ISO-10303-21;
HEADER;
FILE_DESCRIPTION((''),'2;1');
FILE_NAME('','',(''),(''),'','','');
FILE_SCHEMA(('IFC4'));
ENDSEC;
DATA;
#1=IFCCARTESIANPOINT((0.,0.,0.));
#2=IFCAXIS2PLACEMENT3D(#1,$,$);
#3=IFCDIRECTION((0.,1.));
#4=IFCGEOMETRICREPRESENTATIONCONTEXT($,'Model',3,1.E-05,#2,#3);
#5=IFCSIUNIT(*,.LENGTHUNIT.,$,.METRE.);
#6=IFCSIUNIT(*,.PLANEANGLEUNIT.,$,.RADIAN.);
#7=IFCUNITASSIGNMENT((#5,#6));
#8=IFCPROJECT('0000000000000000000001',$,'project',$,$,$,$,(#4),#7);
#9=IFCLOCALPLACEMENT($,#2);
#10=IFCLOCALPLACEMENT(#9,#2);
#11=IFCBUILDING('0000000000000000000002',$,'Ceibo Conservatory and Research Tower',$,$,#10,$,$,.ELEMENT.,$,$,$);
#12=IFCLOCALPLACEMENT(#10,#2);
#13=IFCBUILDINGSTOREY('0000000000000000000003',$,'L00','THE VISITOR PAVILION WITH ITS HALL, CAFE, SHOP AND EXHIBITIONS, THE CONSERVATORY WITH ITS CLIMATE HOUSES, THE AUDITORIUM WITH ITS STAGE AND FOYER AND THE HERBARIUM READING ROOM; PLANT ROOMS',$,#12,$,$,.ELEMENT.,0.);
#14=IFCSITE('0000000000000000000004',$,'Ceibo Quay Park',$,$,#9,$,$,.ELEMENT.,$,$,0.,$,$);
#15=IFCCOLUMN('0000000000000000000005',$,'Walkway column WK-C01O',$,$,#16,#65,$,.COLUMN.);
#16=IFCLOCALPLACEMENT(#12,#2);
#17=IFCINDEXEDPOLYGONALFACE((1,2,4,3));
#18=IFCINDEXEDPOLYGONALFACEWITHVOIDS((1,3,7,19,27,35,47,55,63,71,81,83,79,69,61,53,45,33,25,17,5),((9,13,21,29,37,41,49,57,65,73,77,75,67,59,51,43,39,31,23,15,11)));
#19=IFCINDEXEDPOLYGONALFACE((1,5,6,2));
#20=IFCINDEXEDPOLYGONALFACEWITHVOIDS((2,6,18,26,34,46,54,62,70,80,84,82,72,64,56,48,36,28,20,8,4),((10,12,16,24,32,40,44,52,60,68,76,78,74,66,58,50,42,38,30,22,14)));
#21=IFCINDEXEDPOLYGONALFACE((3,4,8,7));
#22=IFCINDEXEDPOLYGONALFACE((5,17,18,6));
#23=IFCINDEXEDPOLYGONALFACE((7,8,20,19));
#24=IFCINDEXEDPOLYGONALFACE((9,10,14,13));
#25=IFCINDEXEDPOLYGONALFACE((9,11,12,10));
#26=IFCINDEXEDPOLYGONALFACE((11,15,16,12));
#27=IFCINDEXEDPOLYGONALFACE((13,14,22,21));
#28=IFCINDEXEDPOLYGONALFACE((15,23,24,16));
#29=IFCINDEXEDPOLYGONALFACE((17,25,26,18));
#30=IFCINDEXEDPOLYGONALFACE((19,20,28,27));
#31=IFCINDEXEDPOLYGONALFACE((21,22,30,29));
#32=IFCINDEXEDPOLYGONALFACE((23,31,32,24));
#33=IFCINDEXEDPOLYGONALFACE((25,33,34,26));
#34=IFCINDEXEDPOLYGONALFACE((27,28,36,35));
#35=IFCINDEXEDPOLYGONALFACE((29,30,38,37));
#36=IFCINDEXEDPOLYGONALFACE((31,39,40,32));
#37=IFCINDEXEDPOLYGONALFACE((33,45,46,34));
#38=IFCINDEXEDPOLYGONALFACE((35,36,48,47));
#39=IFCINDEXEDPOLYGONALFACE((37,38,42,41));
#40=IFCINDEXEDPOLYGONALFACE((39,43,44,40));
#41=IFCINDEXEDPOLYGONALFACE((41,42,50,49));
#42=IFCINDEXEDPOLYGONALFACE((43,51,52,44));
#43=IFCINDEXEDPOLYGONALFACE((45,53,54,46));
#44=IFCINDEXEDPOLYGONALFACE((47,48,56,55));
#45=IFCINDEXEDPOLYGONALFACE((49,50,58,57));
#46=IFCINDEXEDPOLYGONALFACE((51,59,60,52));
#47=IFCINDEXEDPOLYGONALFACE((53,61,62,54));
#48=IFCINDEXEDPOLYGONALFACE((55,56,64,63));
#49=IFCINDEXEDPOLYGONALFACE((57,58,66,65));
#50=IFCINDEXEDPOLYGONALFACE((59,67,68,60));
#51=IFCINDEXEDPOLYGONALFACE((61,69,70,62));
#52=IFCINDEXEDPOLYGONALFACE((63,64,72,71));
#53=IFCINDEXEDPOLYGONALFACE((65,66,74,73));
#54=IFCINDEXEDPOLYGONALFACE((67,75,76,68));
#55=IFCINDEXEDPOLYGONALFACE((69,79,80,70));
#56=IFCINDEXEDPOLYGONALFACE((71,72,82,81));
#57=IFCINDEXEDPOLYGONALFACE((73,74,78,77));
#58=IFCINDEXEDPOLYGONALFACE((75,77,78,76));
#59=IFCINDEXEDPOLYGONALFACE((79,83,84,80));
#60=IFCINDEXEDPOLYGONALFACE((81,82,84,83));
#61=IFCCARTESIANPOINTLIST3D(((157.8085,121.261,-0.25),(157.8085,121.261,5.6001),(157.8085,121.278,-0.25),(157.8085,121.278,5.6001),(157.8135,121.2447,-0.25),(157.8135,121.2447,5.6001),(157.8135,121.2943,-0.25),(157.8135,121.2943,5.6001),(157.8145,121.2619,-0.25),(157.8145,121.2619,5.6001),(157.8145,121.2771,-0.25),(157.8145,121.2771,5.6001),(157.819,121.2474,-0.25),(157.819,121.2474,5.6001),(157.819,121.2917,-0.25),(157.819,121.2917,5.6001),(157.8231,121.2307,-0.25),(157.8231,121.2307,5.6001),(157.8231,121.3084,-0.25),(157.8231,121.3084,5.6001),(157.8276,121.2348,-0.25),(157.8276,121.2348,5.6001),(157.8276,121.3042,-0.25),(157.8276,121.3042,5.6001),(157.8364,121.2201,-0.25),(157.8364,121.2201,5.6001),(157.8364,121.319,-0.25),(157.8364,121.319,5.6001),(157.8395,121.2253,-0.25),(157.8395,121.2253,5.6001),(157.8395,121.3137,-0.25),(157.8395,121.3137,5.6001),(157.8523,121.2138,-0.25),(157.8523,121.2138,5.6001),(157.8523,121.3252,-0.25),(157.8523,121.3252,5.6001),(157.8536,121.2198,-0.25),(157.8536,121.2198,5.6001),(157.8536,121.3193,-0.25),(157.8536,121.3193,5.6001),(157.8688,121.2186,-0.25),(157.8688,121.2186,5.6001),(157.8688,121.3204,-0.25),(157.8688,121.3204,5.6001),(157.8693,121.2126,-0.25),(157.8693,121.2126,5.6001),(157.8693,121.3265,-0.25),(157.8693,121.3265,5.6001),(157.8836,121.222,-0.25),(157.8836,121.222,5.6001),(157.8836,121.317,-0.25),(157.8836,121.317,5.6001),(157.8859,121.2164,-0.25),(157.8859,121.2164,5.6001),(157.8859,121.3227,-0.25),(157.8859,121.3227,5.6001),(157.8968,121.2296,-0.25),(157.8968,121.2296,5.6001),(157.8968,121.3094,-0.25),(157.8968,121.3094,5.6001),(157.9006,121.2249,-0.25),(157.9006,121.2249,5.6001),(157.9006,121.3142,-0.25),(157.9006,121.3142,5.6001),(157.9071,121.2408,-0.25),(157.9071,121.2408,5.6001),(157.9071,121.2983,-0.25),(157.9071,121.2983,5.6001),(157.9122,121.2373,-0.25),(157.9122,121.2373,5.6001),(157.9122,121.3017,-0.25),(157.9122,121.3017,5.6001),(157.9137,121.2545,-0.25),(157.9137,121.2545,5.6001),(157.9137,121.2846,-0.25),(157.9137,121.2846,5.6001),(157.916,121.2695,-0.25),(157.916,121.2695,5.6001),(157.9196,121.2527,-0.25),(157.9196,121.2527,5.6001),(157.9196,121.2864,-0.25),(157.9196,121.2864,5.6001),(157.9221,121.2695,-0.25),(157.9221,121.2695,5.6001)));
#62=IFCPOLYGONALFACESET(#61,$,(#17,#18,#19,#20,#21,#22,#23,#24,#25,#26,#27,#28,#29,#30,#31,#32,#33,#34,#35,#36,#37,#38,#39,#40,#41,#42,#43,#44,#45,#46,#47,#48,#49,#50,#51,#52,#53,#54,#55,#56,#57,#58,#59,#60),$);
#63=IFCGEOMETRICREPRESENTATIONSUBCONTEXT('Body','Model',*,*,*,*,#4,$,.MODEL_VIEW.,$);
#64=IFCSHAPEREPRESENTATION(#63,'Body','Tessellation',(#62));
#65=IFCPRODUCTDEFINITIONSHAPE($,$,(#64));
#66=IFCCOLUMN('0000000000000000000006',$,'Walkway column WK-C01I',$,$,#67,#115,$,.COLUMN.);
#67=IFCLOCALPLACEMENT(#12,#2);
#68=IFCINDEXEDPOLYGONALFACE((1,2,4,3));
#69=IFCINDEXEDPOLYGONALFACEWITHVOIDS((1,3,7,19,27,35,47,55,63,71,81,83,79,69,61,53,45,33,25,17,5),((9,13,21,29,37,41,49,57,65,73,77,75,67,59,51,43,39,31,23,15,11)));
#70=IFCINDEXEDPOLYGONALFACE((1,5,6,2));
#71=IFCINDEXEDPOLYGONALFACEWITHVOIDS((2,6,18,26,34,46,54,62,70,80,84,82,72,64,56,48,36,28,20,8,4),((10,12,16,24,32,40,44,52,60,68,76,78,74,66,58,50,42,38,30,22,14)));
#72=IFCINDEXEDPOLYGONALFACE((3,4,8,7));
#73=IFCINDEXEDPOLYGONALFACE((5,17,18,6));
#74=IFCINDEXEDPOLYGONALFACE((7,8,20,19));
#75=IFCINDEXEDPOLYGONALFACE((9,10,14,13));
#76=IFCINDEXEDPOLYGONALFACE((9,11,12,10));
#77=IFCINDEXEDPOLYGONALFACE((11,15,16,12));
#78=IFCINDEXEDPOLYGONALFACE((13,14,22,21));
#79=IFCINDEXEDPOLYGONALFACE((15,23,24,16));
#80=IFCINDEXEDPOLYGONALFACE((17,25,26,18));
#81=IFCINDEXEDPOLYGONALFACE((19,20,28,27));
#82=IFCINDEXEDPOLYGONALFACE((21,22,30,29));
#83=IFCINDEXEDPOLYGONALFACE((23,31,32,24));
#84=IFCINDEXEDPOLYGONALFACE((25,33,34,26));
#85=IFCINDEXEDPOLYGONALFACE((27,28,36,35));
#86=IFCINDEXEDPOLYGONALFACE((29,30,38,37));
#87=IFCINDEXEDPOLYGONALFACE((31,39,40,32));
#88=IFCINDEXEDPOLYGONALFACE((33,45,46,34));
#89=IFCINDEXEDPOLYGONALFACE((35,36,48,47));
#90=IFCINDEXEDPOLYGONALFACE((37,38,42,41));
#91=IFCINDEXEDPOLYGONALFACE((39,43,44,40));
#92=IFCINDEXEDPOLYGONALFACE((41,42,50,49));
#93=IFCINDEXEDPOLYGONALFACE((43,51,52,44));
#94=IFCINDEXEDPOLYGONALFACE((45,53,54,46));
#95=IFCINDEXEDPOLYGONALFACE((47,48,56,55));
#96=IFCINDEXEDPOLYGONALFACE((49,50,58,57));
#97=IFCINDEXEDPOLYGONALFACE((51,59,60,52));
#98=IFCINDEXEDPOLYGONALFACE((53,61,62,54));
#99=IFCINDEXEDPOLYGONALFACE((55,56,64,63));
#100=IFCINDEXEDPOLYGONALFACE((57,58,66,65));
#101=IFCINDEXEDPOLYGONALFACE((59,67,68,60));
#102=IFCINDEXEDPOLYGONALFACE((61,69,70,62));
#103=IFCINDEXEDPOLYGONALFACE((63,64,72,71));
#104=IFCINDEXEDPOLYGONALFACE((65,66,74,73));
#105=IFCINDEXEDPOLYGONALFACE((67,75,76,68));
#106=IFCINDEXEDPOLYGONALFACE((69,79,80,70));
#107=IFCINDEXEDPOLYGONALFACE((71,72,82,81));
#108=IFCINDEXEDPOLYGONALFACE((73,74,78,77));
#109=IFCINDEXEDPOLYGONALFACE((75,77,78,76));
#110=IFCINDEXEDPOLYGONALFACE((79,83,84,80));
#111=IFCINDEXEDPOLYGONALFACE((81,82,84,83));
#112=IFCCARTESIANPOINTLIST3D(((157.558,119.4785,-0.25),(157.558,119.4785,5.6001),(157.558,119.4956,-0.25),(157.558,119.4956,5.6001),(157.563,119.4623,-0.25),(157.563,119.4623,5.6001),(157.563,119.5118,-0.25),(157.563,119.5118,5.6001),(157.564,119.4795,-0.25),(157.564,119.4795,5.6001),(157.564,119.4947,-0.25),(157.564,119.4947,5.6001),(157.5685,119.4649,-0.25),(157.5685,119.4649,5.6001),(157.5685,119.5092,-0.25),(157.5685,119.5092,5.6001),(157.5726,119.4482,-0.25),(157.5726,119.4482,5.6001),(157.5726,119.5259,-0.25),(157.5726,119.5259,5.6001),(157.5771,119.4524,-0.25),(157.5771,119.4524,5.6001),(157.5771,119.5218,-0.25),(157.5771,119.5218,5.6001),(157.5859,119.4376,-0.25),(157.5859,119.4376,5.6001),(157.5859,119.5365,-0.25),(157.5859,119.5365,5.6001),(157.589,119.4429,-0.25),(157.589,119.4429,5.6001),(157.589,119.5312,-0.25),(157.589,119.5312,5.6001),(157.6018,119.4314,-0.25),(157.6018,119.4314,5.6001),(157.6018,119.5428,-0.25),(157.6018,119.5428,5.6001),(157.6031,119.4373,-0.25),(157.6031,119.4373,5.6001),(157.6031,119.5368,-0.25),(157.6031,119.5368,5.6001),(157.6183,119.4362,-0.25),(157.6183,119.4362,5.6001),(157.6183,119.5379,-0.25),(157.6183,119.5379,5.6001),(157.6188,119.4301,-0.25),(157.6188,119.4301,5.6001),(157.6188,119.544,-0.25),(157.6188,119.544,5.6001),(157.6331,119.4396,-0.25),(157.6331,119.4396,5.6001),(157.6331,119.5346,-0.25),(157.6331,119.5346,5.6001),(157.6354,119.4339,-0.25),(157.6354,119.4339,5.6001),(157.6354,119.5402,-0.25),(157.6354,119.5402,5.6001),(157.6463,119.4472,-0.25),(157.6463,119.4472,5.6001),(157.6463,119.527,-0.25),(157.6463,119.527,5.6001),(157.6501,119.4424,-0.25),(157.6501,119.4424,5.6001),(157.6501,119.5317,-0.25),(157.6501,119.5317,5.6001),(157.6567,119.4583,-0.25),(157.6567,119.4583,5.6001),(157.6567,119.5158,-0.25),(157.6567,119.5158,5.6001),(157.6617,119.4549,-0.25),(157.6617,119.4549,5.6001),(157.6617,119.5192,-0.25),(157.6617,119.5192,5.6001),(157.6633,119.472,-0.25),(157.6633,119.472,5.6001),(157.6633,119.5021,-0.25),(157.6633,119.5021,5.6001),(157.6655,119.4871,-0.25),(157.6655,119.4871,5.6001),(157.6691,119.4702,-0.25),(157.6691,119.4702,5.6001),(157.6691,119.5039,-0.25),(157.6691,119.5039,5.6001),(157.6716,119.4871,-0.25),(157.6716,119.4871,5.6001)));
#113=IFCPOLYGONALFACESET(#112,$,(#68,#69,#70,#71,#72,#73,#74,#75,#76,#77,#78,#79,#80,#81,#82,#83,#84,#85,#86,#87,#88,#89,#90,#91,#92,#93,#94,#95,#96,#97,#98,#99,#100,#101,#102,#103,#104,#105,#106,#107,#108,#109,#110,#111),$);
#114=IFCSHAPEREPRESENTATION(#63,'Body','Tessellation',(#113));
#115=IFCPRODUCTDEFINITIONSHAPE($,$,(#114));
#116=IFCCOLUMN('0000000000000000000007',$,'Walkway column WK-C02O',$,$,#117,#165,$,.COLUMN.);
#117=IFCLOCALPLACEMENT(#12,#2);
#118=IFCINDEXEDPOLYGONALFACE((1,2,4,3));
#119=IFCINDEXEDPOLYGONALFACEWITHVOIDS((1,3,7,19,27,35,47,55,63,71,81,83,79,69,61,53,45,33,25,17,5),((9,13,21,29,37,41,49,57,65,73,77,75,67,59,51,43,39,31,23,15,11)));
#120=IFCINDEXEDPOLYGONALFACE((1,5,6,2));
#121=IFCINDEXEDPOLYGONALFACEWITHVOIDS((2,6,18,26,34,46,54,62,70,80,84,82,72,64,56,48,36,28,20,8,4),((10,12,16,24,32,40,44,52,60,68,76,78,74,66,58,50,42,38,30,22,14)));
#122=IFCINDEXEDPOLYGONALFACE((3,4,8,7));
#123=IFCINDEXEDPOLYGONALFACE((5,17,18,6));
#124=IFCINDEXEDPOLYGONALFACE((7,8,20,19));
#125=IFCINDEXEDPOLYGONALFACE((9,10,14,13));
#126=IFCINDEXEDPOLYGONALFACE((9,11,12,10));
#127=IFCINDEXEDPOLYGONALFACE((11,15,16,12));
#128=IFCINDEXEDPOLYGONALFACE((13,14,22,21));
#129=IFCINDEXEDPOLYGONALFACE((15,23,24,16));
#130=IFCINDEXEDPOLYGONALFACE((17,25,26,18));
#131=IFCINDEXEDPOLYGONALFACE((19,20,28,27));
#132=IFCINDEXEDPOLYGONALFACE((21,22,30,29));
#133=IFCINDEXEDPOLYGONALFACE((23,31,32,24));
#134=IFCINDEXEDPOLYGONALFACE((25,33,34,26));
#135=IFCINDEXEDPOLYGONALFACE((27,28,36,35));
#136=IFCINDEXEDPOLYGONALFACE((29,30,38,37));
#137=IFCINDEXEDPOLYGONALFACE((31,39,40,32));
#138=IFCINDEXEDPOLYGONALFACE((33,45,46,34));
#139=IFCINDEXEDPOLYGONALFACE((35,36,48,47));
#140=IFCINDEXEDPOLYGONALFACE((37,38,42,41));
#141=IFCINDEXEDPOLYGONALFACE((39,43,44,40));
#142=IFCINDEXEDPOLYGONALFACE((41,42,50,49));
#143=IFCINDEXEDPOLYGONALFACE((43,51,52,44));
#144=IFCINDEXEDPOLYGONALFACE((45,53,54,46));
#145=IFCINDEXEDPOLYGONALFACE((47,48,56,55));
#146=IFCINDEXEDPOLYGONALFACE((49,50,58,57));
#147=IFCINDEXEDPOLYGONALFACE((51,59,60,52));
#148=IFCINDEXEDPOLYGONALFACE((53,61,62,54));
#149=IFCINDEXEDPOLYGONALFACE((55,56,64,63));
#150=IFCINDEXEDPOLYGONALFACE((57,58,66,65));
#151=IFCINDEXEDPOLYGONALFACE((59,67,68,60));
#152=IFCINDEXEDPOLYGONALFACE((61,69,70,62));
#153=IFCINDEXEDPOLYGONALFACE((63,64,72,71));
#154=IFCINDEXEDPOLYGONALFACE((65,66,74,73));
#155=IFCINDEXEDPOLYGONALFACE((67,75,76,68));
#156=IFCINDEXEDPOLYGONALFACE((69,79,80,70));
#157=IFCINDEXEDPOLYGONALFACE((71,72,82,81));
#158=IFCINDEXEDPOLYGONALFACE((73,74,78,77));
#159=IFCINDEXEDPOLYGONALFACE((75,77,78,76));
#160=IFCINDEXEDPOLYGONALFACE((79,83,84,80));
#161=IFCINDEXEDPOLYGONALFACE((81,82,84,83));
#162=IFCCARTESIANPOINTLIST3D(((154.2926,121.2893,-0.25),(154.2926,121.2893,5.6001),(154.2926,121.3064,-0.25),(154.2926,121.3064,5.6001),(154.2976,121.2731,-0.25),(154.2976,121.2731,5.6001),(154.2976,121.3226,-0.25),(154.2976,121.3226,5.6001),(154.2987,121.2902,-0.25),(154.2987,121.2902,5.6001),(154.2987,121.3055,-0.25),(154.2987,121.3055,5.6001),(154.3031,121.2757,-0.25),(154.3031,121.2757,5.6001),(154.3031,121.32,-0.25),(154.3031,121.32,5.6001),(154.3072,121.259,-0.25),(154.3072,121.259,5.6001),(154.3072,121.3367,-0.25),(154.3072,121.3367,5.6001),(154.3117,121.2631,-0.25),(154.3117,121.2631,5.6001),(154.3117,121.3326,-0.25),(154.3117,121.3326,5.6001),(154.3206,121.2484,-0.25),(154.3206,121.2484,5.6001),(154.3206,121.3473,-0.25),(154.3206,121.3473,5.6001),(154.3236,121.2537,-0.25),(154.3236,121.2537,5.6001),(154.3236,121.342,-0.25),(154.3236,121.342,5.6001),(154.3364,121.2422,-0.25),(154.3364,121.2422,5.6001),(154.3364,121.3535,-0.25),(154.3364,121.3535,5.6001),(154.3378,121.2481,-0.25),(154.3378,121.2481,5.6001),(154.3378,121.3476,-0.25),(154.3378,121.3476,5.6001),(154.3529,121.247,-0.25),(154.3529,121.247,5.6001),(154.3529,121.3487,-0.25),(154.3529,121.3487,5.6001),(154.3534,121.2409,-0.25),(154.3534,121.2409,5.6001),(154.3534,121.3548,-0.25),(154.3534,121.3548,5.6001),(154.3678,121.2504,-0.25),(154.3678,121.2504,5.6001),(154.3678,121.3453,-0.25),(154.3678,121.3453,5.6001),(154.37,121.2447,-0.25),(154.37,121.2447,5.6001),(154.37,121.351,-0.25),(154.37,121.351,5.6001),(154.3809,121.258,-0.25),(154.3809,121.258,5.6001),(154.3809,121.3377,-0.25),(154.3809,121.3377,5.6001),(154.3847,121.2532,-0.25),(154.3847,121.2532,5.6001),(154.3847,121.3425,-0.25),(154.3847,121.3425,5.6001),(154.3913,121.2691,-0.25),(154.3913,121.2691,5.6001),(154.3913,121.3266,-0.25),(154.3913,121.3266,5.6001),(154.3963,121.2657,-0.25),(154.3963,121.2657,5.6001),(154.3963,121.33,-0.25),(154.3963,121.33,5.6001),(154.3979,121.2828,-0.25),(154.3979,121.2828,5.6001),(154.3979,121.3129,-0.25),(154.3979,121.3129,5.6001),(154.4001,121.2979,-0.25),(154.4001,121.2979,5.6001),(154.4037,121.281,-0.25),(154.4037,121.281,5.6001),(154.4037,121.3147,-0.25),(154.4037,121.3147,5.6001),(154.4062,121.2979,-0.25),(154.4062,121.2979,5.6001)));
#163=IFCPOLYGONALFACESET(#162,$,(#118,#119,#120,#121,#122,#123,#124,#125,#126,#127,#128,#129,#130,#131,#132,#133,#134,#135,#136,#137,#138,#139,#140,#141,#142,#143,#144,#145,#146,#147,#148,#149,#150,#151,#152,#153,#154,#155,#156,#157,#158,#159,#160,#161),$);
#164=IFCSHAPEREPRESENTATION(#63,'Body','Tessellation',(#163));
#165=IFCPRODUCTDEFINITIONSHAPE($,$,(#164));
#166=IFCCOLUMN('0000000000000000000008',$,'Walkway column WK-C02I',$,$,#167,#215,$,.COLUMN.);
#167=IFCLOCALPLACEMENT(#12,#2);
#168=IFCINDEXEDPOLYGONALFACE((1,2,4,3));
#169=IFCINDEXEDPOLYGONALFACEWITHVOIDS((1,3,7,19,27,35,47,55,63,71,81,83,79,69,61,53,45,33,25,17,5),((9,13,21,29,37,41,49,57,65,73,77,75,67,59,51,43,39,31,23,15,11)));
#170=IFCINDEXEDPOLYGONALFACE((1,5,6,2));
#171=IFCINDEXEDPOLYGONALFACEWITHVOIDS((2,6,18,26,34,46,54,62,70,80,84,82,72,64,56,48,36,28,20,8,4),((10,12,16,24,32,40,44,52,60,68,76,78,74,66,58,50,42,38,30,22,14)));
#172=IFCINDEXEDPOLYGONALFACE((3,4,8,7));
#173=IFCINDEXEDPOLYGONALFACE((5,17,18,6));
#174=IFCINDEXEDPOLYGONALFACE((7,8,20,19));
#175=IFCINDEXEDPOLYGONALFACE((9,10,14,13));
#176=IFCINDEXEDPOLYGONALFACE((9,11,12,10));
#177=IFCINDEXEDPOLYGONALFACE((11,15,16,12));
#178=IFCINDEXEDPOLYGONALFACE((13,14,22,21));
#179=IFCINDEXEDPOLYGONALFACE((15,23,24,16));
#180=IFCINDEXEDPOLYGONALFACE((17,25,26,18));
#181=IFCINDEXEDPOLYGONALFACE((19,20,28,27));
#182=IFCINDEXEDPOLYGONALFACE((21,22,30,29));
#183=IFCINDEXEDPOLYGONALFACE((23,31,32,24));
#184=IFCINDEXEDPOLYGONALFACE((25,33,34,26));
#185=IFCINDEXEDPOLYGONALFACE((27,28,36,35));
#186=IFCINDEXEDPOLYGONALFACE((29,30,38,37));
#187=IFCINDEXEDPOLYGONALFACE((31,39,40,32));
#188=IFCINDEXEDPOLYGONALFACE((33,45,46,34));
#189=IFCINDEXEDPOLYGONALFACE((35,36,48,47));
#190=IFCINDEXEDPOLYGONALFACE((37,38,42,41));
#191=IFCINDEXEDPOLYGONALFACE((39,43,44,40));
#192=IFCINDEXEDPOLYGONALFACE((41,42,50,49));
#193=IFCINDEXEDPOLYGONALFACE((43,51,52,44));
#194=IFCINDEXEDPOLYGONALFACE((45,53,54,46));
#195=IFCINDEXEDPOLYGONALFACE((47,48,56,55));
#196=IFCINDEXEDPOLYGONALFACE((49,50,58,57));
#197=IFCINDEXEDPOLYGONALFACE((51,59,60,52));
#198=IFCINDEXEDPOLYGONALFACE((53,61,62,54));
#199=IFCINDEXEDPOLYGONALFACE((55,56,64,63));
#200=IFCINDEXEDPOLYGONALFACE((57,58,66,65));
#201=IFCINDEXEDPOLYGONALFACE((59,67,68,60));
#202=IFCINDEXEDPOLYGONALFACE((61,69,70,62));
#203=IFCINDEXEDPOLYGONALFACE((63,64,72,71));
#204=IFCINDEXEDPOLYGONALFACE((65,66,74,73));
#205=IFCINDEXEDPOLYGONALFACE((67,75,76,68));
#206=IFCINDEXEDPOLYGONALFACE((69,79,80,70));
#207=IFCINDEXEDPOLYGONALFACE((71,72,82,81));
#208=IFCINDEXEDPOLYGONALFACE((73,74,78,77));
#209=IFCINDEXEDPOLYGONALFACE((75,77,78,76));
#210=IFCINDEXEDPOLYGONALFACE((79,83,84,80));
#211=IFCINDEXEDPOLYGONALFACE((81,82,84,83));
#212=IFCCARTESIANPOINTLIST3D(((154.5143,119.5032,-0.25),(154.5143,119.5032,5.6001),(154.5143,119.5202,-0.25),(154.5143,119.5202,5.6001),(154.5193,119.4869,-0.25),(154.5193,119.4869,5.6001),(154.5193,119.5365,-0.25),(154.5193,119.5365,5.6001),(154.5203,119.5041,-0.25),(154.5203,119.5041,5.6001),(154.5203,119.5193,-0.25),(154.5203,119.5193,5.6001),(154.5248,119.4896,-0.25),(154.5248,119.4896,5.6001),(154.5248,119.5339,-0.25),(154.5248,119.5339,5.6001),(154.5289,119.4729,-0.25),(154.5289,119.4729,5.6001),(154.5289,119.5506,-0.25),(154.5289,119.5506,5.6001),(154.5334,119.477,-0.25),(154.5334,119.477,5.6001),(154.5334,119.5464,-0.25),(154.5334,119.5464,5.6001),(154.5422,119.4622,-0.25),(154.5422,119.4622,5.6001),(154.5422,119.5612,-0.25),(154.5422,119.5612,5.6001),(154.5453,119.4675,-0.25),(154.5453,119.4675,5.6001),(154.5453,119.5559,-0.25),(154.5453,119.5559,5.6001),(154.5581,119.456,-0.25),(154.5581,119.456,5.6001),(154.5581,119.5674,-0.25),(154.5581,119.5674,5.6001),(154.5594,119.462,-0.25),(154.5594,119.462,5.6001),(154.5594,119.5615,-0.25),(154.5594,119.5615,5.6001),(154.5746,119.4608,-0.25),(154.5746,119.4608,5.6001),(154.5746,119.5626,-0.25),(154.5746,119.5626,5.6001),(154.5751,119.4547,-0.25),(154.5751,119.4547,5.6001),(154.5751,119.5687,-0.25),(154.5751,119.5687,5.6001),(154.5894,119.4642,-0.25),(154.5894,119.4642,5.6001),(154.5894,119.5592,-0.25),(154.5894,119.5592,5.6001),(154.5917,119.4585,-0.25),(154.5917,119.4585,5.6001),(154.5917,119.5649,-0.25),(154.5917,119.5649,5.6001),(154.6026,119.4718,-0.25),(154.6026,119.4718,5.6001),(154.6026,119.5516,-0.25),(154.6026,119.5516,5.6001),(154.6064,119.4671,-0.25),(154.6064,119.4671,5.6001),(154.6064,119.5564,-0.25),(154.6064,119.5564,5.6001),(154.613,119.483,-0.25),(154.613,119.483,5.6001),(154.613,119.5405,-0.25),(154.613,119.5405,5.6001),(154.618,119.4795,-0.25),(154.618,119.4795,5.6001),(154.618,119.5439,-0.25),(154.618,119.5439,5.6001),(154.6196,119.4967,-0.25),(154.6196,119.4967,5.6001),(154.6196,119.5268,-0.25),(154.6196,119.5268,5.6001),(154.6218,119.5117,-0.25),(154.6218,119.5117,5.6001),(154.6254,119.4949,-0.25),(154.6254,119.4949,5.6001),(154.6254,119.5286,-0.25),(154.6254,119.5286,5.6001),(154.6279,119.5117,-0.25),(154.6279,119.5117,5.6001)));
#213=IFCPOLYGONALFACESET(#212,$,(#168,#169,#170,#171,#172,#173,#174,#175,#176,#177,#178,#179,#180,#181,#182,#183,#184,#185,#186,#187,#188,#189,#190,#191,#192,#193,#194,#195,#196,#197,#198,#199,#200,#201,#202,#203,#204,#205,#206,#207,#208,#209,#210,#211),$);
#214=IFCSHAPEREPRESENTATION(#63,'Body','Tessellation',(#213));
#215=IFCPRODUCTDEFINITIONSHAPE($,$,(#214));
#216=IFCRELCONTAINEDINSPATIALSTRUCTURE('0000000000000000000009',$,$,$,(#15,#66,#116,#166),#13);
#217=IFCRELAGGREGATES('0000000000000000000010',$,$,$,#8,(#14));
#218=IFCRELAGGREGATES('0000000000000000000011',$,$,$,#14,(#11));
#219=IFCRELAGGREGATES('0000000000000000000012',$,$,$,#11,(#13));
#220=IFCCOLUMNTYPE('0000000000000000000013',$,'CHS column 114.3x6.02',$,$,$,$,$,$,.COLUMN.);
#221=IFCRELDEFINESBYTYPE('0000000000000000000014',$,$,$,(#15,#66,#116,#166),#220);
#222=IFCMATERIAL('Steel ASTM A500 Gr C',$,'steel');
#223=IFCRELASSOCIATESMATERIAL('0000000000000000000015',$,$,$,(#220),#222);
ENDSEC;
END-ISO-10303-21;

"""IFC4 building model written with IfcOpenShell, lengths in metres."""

from ifc_helpers import new_model, si_unit, direction, frame, origin, origin_2d, place, context, subcontext, project, spatial, hollow_circle, extrude, material, material_profile, profile_set, type_object, element, save


model = new_model("IFC4")

# Units and contexts
model_context = context("Model", 3, precision=1e-05, world=origin(), true_north=direction((0.0, 1.0)))
body_context = subcontext(model_context, "Body", "Model", "MODEL_VIEW")
ifc_project = project(units=[si_unit("LENGTHUNIT", "METRE"), si_unit("PLANEANGLEUNIT", "RADIAN")], contexts=[model_context])

# Site, building, storey
site_placement = place(None, origin())
site = spatial("IfcSite", under=ifc_project, at=site_placement, Name="Ceibo Quay Park", CompositionType="ELEMENT", RefElevation=0.0)
building_placement = place(site_placement, origin())
building = spatial("IfcBuilding", under=site, at=building_placement, Name="Ceibo Conservatory and Research Tower", CompositionType="ELEMENT")
storey_placement = place(building_placement, origin())
storey = spatial("IfcBuildingStorey", under=building, at=storey_placement, Name="L00", Description="THE VISITOR PAVILION WITH ITS HALL, CAFE, SHOP AND EXHIBITIONS, THE CONSERVATORY WITH ITS CLIMATE HOUSES, THE AUDITORIUM WITH ITS STAGE AND FOYER AND THE HERBARIUM READING ROOM; PLANT ROOMS", CompositionType="ELEMENT", Elevation=0.0)

# Columns
ifc_material_1 = material(Name="Steel ASTM A500 Gr C", Category="steel")
ifc_material_profile_1 = material_profile(ifc_material_1, hollow_circle(Radius=0.0571, WallThickness=0.0061, at=origin_2d()), Name="CHS column 114.3x6.02")
ifc_profile_set_1 = profile_set([ifc_material_profile_1], Name="Steel ASTM A500 Gr C")
column_type = type_object("IfcColumnType", Name="CHS column 114.3x6.02", PredefinedType="COLUMN", material=ifc_profile_set_1)
for number, where, z_axis, x_axis, name in (
    (1, (157.865, 121.2695, -0.25), (0.0, 0.0, 1.0), (1.0, 0.0, 0.0), "Walkway column WK-C01O"),
    (2, (157.6145, 119.4871, -0.25), (0.0, 0.0, 1.0), (1.0, 0.0, 0.0), "Walkway column WK-C01I"),
    (3, (154.3491, 121.2979, -0.25), (0.0, 0.0, 1.0), (1.0, 0.0, 0.0), "Walkway column WK-C02O"),
    (4, (154.5708, 119.5117, -0.25), (0.0, 0.0, 1.0), (1.0, 0.0, 0.0), "Walkway column WK-C02I"),
):
    element("IfcColumn", number, at=place(storey_placement, frame(where, z_axis=z_axis, x_axis=x_axis)), inside=storey, type_object=column_type, Name=name, PredefinedType="COLUMN", context=body_context, shape_type="SweptSolid", body=[
        extrude(hollow_circle(Radius=0.0571, WallThickness=0.0061, at=origin_2d()), origin(), (0.0, 0.0, 1.0), 5.8501),
    ])

save(model, "model.ifc")
